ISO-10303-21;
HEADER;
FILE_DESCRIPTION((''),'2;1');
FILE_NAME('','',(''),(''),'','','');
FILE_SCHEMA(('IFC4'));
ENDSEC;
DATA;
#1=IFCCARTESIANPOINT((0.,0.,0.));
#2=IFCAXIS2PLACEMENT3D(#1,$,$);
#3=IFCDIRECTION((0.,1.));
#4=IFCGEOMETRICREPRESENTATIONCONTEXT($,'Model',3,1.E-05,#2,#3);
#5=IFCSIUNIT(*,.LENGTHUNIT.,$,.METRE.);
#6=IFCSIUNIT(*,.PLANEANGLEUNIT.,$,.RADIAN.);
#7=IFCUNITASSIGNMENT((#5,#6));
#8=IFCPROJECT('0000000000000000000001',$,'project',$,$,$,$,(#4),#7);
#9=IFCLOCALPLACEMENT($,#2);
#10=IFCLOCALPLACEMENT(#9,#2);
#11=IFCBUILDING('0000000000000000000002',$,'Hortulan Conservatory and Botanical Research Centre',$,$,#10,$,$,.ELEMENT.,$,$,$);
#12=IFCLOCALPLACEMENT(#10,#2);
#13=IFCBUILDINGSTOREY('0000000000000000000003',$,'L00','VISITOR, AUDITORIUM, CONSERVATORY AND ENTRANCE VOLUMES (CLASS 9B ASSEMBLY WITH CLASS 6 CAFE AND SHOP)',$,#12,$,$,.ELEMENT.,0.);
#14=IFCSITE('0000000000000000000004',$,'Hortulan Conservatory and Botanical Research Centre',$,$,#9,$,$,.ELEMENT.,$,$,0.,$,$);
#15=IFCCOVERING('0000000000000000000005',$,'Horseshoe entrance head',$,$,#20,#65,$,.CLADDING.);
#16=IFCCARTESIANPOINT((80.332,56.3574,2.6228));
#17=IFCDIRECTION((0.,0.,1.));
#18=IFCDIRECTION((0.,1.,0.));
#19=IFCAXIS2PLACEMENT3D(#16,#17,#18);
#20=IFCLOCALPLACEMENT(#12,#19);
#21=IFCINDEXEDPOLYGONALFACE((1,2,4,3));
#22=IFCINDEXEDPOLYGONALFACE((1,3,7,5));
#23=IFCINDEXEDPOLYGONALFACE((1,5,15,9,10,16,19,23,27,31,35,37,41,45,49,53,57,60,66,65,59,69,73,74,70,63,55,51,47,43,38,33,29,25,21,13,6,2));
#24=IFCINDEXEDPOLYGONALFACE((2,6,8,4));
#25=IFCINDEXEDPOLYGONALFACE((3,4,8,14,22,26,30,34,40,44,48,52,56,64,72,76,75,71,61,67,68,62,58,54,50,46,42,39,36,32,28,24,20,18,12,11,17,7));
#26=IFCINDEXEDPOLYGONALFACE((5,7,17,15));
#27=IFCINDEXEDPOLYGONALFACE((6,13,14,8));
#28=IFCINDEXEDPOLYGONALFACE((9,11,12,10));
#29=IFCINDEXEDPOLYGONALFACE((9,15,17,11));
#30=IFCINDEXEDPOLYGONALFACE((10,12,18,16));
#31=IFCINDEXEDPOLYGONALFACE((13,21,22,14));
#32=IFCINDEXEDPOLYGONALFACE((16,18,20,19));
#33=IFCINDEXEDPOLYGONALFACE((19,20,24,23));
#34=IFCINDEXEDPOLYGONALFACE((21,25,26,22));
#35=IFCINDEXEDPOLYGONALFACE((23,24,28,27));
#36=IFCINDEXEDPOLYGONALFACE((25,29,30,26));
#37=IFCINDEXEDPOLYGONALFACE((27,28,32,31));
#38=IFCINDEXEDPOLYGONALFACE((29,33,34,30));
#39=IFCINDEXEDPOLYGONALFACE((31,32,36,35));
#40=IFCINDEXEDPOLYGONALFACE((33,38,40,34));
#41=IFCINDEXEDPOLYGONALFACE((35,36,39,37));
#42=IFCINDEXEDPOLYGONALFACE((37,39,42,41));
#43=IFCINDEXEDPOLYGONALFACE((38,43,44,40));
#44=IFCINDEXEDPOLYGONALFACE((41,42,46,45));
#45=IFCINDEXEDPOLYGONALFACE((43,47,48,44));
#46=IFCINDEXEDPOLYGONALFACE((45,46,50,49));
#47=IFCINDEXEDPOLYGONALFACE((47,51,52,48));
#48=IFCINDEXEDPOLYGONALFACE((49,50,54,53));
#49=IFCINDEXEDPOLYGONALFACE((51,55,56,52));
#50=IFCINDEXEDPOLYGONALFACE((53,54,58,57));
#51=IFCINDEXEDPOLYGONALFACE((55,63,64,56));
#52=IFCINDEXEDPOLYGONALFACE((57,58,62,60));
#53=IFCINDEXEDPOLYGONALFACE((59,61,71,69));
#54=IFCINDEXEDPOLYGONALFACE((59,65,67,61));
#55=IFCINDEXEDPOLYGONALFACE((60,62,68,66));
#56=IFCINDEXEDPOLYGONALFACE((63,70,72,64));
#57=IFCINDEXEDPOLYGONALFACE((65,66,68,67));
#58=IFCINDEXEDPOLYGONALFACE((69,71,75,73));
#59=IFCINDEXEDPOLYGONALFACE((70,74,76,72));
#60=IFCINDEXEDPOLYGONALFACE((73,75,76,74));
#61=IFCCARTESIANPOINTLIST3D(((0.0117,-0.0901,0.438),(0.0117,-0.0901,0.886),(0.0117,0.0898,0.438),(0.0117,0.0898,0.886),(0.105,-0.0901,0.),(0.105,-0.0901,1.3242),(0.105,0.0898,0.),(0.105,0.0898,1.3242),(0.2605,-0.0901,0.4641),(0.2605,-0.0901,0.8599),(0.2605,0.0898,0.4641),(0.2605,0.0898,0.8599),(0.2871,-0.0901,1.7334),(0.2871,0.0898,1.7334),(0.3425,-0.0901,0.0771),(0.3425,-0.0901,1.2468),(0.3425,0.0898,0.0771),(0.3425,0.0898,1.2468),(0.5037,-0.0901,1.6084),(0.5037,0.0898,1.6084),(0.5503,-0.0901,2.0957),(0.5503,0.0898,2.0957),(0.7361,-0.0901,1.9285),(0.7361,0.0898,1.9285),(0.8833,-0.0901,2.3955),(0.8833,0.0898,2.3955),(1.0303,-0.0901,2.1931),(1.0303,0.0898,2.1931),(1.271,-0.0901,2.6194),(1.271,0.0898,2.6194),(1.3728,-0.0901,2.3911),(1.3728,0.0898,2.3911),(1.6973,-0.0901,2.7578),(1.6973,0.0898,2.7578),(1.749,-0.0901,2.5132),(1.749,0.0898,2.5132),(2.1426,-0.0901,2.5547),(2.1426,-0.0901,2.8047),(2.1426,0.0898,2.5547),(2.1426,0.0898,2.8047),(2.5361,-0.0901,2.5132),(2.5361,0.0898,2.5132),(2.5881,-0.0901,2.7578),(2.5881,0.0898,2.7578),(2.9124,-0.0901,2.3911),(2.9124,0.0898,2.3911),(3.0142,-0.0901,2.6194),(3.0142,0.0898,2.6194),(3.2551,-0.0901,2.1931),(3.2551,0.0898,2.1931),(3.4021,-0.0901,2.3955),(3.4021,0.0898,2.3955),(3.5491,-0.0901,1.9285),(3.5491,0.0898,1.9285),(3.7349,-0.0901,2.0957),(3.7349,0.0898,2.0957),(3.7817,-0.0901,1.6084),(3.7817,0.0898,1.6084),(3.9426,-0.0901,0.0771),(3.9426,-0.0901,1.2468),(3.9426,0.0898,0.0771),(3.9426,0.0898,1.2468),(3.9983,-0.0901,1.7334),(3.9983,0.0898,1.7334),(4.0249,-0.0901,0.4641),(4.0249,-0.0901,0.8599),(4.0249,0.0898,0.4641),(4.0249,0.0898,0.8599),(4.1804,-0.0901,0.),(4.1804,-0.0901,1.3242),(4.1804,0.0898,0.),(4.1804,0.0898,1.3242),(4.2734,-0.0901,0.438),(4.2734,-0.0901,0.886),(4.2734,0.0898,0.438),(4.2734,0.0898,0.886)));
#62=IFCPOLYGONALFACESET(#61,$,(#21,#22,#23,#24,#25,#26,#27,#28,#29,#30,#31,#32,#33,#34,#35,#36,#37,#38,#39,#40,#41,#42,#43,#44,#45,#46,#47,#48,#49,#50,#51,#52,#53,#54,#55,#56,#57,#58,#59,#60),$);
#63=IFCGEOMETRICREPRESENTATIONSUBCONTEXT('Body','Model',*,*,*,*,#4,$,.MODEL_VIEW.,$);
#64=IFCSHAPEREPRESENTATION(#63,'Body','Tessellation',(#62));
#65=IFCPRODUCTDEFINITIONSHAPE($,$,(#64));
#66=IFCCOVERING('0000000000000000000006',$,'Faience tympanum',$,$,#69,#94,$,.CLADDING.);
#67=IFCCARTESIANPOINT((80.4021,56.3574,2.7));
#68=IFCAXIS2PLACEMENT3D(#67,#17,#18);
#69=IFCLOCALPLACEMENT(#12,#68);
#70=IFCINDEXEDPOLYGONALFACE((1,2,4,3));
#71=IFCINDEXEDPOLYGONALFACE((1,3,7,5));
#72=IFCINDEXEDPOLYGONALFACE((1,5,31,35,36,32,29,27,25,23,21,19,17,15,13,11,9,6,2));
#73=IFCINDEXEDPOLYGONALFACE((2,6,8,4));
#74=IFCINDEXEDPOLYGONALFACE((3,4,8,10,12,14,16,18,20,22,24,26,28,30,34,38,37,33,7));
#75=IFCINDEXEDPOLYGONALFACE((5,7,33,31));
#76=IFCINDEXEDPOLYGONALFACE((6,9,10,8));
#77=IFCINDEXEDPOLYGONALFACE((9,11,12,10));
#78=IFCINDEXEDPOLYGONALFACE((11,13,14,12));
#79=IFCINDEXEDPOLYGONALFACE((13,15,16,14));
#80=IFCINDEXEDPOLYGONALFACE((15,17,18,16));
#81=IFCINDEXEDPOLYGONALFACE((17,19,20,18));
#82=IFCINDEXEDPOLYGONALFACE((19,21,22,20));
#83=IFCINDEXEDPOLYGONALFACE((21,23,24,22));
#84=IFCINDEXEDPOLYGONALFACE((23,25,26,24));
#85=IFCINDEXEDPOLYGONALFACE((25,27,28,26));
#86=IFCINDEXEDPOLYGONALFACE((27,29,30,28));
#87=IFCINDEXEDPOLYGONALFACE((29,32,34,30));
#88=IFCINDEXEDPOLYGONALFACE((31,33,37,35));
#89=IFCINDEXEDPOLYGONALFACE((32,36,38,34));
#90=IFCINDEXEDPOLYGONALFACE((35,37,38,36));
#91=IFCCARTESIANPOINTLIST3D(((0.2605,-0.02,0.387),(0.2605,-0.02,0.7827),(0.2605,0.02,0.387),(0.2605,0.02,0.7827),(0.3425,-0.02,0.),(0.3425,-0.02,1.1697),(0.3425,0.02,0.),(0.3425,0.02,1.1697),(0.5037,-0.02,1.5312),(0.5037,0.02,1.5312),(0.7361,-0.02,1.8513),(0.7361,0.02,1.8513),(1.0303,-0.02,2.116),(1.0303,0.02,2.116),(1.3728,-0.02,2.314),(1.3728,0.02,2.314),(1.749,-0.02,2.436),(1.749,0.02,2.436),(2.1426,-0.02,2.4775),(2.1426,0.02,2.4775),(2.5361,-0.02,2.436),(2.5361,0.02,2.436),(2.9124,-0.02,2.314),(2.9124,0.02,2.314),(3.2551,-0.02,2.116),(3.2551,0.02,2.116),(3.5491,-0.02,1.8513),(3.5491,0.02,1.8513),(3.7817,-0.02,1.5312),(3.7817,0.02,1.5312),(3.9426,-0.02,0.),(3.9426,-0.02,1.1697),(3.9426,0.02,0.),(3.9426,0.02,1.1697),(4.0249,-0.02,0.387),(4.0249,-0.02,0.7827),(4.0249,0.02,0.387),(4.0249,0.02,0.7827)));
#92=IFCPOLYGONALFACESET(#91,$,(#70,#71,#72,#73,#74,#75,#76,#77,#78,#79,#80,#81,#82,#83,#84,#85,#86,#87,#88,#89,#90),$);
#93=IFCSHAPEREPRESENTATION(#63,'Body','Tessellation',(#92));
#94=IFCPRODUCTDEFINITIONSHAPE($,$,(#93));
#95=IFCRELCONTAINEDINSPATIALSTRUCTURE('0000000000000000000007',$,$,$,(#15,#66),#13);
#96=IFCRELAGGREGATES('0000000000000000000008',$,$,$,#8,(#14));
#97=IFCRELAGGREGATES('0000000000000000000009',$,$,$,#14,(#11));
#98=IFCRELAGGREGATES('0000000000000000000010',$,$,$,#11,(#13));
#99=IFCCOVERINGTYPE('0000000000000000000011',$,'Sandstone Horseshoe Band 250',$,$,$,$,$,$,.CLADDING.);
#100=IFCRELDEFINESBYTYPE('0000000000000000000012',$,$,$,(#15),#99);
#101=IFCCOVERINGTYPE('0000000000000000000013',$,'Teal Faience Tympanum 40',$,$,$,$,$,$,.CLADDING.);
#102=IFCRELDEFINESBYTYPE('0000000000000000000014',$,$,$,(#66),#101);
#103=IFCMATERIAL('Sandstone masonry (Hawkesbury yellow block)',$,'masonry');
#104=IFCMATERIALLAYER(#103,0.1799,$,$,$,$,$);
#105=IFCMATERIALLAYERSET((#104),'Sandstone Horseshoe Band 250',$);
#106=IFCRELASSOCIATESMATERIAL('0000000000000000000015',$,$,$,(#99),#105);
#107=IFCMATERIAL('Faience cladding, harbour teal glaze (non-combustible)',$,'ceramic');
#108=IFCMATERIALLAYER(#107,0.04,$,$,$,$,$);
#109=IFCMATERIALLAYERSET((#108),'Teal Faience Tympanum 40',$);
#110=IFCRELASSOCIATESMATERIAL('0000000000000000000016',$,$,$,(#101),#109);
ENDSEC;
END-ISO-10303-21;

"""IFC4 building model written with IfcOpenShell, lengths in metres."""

from ifc_helpers import new_model, si_unit, direction, frame, origin, place, context, subcontext, project, spatial, polyline, outline, extrude, material, layer, layer_set, type_object, element, save


model = new_model("IFC4")

# Units and contexts
model_context = context("Model", 3, precision=1e-05, world=origin(), true_north=direction((0.0, 1.0)))
body_context = subcontext(model_context, "Body", "Model", "MODEL_VIEW")
ifc_project = project(units=[si_unit("LENGTHUNIT", "METRE"), si_unit("PLANEANGLEUNIT", "RADIAN")], contexts=[model_context])

# Site, building, storey
site_placement = place(None, origin())
site = spatial("IfcSite", under=ifc_project, at=site_placement, Name="Hortulan Conservatory and Botanical Research Centre", CompositionType="ELEMENT", RefElevation=0.0)
building_placement = place(site_placement, origin())
building = spatial("IfcBuilding", under=site, at=building_placement, Name="Hortulan Conservatory and Botanical Research Centre", CompositionType="ELEMENT")
storey_placement = place(building_placement, origin())
storey = spatial("IfcBuildingStorey", under=building, at=storey_placement, Name="L00", Description="VISITOR, AUDITORIUM, CONSERVATORY AND ENTRANCE VOLUMES (CLASS 9B ASSEMBLY WITH CLASS 6 CAFE AND SHOP)", CompositionType="ELEMENT", Elevation=0.0)

# Shared definitions
ifc_material_1 = material(Name="Sandstone masonry (Hawkesbury yellow block)", Category="masonry")

# Covering
ifc_layer_1 = layer(ifc_material_1, 0.1799)
ifc_layer_set_1 = layer_set([ifc_layer_1], Name="Sandstone Horseshoe Band 250")
covering_type_1 = type_object("IfcCoveringType", Name="Sandstone Horseshoe Band 250", PredefinedType="CLADDING", material=ifc_layer_set_1)
covering_1_placement = place(storey_placement, frame((80.332, 56.3574, 2.6228), z_axis=(0.0, 0.0, 1.0), x_axis=(0.0, 1.0, 0.0)))
element("IfcCovering", 1, at=covering_1_placement, inside=storey, type_object=covering_type_1, Name="Horseshoe entrance head", PredefinedType="CLADDING", context=body_context, shape_type="SweptSolid", body=[
    extrude(outline(polyline([(0.3425, 0.0771), (0.2605, 0.4641), (0.2605, 0.8599), (0.3425, 1.2468), (0.5037, 1.6084), (0.7361, 1.9285), (1.0303, 2.1931), (1.3728, 2.3911), (1.749, 2.5132), (2.1426, 2.5547), (2.5361, 2.5132), (2.9124, 2.3911), (3.2551, 2.1931), (3.5491, 1.9285), (3.7817, 1.6084), (3.9426, 1.2468), (4.0249, 0.8599), (4.0249, 0.4641), (3.9426, 0.0771), (4.1804, 0.0), (4.2734, 0.438), (4.2734, 0.886), (4.1804, 1.3242), (3.9983, 1.7334), (3.7349, 2.0957), (3.4021, 2.3955), (3.0142, 2.6194), (2.5881, 2.7578), (2.1426, 2.8047), (1.6973, 2.7578), (1.271, 2.6194), (0.8833, 2.3955), (0.5503, 2.0957), (0.2871, 1.7334), (0.105, 1.3242), (0.0117, 0.886), (0.0117, 0.438), (0.105, 0.0), (0.3425, 0.0771)])), frame((0.0, 0.0898, 0.0), z_axis=(0.0, -1.0, 0.0), x_axis=(1.0, 0.0, 0.0)), (0.0, 0.0, 1.0), 0.1799),
])

# Covering
ifc_material_2 = material(Name="Faience cladding, harbour teal glaze (non-combustible)", Category="ceramic")
ifc_layer_2 = layer(ifc_material_2, 0.04)
ifc_layer_set_2 = layer_set([ifc_layer_2], Name="Teal Faience Tympanum 40")
covering_type_2 = type_object("IfcCoveringType", Name="Teal Faience Tympanum 40", PredefinedType="CLADDING", material=ifc_layer_set_2)
covering_2_placement = place(storey_placement, frame((80.4021, 56.3574, 2.7), z_axis=(0.0, 0.0, 1.0), x_axis=(0.0, 1.0, 0.0)))
element("IfcCovering", 2, at=covering_2_placement, inside=storey, type_object=covering_type_2, Name="Faience tympanum", PredefinedType="CLADDING", context=body_context, shape_type="SweptSolid", body=[
    extrude(outline(polyline([(0.3425, 0.0), (0.2605, 0.387), (0.2605, 0.7827), (0.3425, 1.1697), (0.5037, 1.5312), (0.7361, 1.8513), (1.0303, 2.116), (1.3728, 2.314), (1.749, 2.436), (2.1426, 2.4775), (2.5361, 2.436), (2.9124, 2.314), (3.2551, 2.116), (3.5491, 1.8513), (3.7817, 1.5312), (3.9426, 1.1697), (4.0249, 0.7827), (4.0249, 0.387), (3.9426, 0.0), (3.9426, 0.0), (0.3425, 0.0), (0.3425, 0.0)])), frame((0.0, 0.02, 0.0), z_axis=(0.0, -1.0, 0.0), x_axis=(1.0, 0.0, 0.0)), (0.0, 0.0, 1.0), 0.04),
])

save(model, "model.ifc")
